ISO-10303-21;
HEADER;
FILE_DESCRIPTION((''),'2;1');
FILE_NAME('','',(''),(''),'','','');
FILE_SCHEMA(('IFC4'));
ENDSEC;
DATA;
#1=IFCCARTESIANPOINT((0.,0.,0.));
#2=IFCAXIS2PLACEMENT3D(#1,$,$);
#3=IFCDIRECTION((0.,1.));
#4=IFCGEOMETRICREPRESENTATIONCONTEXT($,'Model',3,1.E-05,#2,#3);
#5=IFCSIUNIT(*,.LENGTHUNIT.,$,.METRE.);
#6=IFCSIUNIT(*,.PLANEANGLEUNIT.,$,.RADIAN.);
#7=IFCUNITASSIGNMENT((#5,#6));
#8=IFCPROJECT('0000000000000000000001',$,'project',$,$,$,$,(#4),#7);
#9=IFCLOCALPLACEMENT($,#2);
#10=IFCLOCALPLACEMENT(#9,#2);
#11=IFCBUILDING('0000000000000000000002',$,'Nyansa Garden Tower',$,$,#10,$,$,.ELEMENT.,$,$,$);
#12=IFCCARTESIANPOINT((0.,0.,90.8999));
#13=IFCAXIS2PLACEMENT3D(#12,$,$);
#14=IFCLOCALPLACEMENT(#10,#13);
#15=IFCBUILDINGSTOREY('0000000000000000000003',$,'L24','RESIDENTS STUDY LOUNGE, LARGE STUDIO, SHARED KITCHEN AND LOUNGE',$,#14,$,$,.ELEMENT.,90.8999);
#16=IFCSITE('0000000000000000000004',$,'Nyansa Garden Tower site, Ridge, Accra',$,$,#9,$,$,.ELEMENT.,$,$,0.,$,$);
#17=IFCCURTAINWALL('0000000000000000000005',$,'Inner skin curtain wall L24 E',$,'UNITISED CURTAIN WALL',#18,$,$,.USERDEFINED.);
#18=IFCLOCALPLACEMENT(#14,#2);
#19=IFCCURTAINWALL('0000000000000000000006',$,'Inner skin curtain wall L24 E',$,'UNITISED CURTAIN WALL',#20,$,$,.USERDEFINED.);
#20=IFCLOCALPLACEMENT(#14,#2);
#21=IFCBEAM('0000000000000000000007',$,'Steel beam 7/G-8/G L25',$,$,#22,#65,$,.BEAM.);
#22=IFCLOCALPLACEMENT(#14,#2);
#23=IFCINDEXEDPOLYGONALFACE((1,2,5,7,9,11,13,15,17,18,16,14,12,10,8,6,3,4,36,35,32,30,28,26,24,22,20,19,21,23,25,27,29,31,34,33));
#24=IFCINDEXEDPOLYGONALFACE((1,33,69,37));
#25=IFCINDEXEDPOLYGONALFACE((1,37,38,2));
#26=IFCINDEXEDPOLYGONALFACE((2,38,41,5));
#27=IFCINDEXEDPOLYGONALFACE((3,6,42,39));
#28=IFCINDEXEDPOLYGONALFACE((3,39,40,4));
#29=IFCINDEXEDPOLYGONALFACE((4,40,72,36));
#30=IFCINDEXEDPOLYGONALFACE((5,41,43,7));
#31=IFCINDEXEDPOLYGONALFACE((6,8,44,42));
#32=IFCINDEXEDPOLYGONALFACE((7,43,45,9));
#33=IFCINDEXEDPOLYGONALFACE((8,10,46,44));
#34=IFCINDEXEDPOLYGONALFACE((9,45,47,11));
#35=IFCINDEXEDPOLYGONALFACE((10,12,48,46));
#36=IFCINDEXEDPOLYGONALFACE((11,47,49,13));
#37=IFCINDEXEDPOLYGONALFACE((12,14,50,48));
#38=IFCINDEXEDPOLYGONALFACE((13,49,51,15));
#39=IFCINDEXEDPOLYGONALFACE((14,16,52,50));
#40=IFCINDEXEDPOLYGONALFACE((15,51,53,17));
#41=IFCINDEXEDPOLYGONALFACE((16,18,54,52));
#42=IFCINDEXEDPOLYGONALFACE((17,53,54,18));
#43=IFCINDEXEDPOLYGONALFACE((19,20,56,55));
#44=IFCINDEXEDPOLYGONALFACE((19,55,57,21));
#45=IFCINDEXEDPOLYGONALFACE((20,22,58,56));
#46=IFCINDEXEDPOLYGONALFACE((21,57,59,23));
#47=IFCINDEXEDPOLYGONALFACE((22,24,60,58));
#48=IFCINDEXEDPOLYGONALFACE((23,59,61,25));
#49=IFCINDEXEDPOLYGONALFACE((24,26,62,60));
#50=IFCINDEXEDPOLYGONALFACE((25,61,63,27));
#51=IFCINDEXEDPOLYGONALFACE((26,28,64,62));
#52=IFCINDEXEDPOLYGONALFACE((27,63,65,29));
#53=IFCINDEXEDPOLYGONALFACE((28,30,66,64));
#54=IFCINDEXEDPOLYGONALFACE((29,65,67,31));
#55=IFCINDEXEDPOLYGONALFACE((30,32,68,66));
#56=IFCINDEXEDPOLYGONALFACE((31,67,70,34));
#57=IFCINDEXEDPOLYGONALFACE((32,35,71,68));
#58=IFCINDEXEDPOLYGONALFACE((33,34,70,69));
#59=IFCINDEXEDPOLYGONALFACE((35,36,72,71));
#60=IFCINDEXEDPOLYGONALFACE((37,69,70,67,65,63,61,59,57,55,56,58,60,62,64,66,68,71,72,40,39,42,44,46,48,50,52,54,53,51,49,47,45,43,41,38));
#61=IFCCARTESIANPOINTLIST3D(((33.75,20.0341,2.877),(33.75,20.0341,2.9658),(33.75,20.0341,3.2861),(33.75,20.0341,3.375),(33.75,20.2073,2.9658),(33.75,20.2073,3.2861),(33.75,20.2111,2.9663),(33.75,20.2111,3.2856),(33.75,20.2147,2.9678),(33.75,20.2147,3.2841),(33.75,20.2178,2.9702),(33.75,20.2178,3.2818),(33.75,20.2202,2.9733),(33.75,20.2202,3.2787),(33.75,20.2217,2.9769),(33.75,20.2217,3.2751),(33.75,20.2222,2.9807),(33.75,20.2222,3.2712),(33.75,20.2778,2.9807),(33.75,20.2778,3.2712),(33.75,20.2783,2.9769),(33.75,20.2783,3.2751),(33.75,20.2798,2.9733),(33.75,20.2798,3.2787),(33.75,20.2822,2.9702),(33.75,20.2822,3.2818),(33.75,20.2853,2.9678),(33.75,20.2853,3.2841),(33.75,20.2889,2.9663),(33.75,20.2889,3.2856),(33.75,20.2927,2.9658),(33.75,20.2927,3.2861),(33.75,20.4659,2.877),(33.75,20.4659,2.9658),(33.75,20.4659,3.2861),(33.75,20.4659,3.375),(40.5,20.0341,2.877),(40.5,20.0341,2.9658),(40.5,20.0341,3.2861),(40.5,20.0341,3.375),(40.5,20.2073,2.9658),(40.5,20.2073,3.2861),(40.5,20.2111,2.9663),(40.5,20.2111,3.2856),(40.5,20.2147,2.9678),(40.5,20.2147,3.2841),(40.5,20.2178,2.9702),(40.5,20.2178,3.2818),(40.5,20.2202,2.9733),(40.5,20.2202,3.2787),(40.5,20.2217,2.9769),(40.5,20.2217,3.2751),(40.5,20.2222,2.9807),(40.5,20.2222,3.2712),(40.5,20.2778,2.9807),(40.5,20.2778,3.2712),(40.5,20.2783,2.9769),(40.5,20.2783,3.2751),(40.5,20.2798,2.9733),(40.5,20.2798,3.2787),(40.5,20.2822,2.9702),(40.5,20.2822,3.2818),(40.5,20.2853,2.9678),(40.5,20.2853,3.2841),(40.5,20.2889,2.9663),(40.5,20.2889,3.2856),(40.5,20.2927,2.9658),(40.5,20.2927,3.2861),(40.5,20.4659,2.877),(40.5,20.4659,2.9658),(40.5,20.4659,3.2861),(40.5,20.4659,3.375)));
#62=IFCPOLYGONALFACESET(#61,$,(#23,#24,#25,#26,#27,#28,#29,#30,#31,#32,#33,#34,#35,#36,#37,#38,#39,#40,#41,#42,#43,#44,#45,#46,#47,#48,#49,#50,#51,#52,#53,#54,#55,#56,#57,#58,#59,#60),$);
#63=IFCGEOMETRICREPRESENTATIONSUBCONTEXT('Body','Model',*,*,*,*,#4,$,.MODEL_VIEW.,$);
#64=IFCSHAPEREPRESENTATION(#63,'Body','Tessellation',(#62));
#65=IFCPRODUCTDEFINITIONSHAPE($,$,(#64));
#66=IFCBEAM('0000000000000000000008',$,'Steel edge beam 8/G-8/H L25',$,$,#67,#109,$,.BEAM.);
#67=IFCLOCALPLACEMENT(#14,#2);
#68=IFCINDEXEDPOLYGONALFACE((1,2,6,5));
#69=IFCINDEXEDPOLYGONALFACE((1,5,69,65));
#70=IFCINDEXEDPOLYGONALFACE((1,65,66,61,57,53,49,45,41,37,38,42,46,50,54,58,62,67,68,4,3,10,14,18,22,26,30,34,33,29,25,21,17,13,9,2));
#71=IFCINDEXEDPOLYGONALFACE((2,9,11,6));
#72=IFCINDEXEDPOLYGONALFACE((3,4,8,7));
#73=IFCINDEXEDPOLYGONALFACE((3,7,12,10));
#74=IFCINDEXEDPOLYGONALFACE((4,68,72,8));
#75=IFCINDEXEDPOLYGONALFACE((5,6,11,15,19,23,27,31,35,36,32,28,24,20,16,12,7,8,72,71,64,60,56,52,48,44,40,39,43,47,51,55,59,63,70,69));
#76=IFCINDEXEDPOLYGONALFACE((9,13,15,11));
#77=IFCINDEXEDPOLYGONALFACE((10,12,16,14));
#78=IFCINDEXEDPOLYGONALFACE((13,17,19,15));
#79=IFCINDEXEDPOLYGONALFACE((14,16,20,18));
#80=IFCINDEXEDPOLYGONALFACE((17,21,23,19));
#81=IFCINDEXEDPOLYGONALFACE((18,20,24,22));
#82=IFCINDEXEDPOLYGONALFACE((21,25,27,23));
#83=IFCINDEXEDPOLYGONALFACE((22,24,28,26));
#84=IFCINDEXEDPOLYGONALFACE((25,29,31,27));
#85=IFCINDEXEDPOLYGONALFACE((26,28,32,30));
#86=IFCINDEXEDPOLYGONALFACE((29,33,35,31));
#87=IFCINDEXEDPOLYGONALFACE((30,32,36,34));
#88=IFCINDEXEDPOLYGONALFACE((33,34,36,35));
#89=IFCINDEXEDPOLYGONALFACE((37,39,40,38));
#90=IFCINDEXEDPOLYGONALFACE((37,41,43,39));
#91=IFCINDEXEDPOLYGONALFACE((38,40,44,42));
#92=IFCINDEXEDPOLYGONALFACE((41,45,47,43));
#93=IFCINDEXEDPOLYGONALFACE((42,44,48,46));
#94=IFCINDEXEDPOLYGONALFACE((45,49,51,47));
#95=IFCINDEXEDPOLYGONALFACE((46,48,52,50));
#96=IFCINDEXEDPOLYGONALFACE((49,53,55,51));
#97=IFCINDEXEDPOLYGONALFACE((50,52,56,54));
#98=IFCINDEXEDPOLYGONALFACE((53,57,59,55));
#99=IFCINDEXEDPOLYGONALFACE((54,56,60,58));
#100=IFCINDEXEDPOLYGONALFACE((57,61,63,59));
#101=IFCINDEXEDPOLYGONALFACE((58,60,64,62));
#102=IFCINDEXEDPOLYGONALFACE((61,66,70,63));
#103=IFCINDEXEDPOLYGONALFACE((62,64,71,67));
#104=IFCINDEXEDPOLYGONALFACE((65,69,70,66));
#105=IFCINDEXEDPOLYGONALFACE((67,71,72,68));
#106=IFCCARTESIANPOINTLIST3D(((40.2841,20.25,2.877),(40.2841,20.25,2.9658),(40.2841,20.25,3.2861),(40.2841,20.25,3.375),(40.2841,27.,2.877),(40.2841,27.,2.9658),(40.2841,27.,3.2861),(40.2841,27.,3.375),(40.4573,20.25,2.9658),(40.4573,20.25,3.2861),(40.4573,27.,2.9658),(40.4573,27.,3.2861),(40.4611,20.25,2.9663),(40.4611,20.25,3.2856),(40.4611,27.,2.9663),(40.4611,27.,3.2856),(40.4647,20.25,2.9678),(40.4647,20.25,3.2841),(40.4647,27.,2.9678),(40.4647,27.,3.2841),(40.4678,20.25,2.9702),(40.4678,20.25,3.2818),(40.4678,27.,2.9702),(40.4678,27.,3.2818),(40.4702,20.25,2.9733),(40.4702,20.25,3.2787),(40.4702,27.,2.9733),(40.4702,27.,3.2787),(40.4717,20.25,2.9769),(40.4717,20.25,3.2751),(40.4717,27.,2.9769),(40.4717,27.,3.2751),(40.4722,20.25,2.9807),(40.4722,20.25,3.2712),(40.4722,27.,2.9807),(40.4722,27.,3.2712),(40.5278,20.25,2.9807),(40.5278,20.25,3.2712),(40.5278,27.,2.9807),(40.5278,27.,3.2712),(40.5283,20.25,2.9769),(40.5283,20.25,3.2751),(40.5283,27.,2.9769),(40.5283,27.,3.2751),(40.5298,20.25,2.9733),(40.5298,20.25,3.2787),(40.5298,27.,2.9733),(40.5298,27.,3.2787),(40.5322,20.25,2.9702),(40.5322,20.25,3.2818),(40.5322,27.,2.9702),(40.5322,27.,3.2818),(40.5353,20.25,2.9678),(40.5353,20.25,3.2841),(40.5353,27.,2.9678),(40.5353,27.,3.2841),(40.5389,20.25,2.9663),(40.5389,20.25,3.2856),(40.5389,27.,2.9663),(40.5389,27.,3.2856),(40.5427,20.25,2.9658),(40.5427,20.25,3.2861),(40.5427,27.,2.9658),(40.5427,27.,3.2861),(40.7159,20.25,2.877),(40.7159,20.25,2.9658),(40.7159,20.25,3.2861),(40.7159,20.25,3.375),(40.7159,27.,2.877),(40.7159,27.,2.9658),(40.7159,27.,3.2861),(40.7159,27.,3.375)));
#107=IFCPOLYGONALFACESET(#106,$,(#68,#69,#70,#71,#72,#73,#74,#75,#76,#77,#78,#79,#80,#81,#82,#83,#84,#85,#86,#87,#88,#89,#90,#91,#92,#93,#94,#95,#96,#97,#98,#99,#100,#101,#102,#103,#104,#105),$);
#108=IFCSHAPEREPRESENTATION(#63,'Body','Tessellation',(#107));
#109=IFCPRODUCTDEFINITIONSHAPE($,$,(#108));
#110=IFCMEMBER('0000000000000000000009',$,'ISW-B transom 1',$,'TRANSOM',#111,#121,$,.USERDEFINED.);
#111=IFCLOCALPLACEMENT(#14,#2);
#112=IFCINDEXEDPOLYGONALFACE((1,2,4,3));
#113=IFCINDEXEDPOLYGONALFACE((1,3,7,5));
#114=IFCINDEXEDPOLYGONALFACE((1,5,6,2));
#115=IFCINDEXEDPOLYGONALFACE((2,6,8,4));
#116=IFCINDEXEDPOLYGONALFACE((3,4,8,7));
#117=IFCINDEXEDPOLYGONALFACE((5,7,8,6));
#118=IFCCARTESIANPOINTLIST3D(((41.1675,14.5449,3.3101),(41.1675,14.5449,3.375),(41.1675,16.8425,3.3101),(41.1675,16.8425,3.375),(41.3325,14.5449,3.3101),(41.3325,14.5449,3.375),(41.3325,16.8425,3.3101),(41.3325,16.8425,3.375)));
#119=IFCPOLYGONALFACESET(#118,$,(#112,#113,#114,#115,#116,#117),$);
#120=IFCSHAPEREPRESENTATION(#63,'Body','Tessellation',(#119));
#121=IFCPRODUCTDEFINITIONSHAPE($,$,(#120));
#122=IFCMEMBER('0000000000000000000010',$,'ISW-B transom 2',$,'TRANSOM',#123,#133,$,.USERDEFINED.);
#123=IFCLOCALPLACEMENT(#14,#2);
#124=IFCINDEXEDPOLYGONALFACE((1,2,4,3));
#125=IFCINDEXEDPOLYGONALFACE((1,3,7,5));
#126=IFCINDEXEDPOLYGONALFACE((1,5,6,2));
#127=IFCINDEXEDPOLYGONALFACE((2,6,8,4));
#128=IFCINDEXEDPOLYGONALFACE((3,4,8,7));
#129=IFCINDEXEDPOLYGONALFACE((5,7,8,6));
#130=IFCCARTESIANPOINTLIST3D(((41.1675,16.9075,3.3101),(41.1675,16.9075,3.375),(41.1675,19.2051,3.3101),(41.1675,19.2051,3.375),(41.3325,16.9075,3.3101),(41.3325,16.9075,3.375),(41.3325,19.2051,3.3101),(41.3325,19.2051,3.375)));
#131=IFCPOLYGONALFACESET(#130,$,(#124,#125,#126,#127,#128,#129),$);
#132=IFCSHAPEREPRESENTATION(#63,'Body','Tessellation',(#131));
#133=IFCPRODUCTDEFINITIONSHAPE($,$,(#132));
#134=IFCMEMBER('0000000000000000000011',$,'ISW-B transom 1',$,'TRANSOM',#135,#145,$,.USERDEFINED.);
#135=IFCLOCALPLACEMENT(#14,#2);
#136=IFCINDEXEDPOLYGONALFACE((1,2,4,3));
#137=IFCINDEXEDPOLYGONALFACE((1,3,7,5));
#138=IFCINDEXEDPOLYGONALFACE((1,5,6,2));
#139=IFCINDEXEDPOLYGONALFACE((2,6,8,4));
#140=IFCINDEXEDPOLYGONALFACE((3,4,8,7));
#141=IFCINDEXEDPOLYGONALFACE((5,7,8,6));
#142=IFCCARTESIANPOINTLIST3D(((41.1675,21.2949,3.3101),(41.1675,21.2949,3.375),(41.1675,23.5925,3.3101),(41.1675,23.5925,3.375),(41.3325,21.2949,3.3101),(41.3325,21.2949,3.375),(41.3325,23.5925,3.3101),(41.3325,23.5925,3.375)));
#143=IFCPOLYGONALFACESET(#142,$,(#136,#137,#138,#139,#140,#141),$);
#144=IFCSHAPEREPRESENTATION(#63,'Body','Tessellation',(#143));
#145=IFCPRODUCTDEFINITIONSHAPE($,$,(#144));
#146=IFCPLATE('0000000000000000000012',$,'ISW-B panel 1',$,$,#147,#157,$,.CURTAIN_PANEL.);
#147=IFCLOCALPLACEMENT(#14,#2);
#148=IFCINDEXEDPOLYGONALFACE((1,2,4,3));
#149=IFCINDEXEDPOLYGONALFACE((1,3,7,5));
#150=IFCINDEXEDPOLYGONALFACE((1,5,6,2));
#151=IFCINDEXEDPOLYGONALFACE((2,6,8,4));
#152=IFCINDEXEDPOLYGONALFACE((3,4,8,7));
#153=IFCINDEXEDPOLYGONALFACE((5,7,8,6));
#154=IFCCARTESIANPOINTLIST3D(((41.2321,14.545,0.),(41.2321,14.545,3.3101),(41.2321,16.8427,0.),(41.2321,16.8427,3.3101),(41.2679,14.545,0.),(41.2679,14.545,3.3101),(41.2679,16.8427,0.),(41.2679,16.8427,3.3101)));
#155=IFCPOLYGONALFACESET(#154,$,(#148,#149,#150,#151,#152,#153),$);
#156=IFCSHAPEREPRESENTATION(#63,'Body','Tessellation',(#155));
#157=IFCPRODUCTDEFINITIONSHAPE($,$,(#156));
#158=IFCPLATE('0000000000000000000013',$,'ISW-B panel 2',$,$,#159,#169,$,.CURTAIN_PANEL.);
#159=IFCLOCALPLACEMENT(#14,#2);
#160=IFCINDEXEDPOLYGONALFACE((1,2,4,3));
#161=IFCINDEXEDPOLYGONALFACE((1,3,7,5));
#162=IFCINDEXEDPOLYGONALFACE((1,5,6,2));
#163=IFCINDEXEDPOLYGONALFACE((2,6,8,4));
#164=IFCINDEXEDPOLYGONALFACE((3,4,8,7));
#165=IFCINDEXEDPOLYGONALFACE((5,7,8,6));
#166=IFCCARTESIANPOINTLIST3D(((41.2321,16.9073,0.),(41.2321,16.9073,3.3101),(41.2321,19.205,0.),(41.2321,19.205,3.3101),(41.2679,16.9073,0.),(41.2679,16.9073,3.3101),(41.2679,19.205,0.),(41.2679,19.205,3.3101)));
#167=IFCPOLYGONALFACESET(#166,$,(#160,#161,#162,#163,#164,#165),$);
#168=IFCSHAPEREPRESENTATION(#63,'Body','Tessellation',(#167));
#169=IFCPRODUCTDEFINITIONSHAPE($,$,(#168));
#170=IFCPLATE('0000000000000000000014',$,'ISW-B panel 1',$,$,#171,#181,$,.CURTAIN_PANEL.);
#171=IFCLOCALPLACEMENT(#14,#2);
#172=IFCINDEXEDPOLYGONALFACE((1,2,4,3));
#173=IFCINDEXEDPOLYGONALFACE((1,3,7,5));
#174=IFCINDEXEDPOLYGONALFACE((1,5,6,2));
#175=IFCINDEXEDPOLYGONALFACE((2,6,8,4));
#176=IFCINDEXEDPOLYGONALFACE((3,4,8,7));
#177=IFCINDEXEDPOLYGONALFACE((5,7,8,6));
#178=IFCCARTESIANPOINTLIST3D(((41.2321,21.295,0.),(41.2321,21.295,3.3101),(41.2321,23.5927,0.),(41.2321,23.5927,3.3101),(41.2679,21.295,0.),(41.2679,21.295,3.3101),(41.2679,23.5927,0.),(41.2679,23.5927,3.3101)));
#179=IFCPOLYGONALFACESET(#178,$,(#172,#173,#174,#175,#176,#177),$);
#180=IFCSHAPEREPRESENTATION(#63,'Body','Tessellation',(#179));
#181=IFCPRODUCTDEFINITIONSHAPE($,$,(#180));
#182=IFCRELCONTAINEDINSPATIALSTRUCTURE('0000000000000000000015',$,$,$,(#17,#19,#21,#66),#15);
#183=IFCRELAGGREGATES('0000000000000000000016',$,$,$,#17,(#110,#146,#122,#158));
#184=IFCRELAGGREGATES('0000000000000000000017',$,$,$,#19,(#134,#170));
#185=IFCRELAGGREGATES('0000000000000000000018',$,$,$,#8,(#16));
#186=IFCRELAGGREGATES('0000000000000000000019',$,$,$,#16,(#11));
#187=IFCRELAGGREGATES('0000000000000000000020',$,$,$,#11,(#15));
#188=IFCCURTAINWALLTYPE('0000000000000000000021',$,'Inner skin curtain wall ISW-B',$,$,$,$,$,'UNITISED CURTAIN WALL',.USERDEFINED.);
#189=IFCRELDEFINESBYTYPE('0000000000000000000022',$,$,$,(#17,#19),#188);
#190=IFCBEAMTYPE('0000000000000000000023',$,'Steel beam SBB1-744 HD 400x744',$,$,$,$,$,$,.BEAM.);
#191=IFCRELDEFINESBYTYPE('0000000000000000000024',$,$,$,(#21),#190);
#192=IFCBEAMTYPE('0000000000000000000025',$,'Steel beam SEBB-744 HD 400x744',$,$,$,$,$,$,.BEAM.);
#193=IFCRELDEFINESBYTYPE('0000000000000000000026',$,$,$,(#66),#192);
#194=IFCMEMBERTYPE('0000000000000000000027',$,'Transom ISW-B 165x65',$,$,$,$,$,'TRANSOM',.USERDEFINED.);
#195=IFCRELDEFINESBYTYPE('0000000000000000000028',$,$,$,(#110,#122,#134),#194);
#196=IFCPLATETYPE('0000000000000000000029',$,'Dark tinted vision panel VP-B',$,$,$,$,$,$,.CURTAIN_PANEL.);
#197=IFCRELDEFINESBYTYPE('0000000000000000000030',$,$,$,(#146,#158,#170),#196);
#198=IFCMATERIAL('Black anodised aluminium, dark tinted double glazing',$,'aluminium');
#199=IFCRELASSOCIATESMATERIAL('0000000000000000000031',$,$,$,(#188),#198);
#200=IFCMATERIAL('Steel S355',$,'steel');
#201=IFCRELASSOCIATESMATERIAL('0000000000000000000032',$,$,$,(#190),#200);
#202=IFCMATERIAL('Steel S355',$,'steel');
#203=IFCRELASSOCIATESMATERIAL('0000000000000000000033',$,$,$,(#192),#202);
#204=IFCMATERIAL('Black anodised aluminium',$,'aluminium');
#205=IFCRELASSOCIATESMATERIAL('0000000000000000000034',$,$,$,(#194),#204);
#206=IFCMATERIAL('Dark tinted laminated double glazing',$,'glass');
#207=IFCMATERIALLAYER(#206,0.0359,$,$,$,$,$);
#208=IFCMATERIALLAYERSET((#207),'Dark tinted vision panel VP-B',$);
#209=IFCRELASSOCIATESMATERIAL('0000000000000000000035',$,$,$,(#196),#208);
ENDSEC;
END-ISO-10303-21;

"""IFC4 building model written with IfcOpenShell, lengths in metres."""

from ifc_helpers import new_model, si_unit, direction, frame, origin, origin_2d, place, context, subcontext, project, spatial, rectangle, i_section, extrude, material, layer, layer_set, material_profile, profile_set, type_object, element, aggregate, save


model = new_model("IFC4")

# Units and contexts
model_context = context("Model", 3, precision=1e-05, world=origin(), true_north=direction((0.0, 1.0)))
body_context = subcontext(model_context, "Body", "Model", "MODEL_VIEW")
ifc_project = project(units=[si_unit("LENGTHUNIT", "METRE"), si_unit("PLANEANGLEUNIT", "RADIAN")], contexts=[model_context])

# Site, building, storey
site_placement = place(None, origin())
site = spatial("IfcSite", under=ifc_project, at=site_placement, Name="Nyansa Garden Tower site, Ridge, Accra", CompositionType="ELEMENT", RefElevation=0.0)
building_placement = place(site_placement, origin())
building = spatial("IfcBuilding", under=site, at=building_placement, Name="Nyansa Garden Tower", CompositionType="ELEMENT")
storey_placement = place(building_placement, frame((0.0, 0.0, 90.8999)))
storey = spatial("IfcBuildingStorey", under=building, at=storey_placement, Name="L24", Description="RESIDENTS STUDY LOUNGE, LARGE STUDIO, SHARED KITCHEN AND LOUNGE", CompositionType="ELEMENT", Elevation=90.8999)

# Curtain wall
ifc_material_1 = material(Name="Black anodised aluminium, dark tinted double glazing", Category="aluminium")
curtain_wall_type = type_object("IfcCurtainWallType", Name="Inner skin curtain wall ISW-B", ElementType="UNITISED CURTAIN WALL", PredefinedType="USERDEFINED", material=ifc_material_1)
curtain_wall_1_placement = place(storey_placement, origin())
curtain_wall_1 = element("IfcCurtainWall", 1, at=curtain_wall_1_placement, inside=storey, type_object=curtain_wall_type, Name="Inner skin curtain wall L24 E", ObjectType="UNITISED CURTAIN WALL", PredefinedType="USERDEFINED")

# Curtain wall
curtain_wall_2_placement = place(storey_placement, origin())
curtain_wall_2 = element("IfcCurtainWall", 2, at=curtain_wall_2_placement, inside=storey, type_object=curtain_wall_type, Name="Inner skin curtain wall L24 E", ObjectType="UNITISED CURTAIN WALL", PredefinedType="USERDEFINED")

# Beams
ifc_material_2 = material(Name="Steel S355", Category="steel")
ifc_material_profile_1 = material_profile(ifc_material_2, i_section(OverallWidth=0.4319, OverallDepth=0.498, WebThickness=0.0557, FlangeThickness=0.0889, FilletRadius=0.0149, at=origin_2d()), Name="HD 400x744")
ifc_profile_set_1 = profile_set([ifc_material_profile_1], Name="Steel S355")
beam_type_1 = type_object("IfcBeamType", Name="Steel beam SBB1-744 HD 400x744", PredefinedType="BEAM", material=ifc_profile_set_1)
for number, where, z_axis, x_axis, name in (
    (3, (33.75, 20.25, 3.126), (1.0, 0.0, 0.0), (0.0, 1.0, 0.0), "Steel beam 7/G-8/G L25"),
):
    element("IfcBeam", number, at=place(storey_placement, frame(where, z_axis=z_axis, x_axis=x_axis)), inside=storey, type_object=beam_type_1, Name=name, PredefinedType="BEAM", context=body_context, shape_type="SweptSolid", body=[
        extrude(i_section(OverallWidth=0.4319, OverallDepth=0.498, WebThickness=0.0557, FlangeThickness=0.0889, FilletRadius=0.0149, at=origin_2d()), origin(), (0.0, 0.0, 1.0), 6.75),
    ])
ifc_material_3 = material(Name="Steel S355", Category="steel")
ifc_material_profile_2 = material_profile(ifc_material_3, i_section(OverallWidth=0.4319, OverallDepth=0.498, WebThickness=0.0557, FlangeThickness=0.0889, FilletRadius=0.0149, at=origin_2d()), Name="HD 400x744")
ifc_profile_set_2 = profile_set([ifc_material_profile_2], Name="Steel S355")
beam_type_2 = type_object("IfcBeamType", Name="Steel beam SEBB-744 HD 400x744", PredefinedType="BEAM", material=ifc_profile_set_2)
beam_1_placement = place(storey_placement, frame((40.5, 20.25, 3.126), z_axis=(0.0, 1.0, 0.0), x_axis=(-1.0, 0.0, 0.0)))
element("IfcBeam", 4, at=beam_1_placement, inside=storey, type_object=beam_type_2, Name="Steel edge beam 8/G-8/H L25", PredefinedType="BEAM", context=body_context, shape_type="SweptSolid", body=[
    extrude(i_section(OverallWidth=0.4319, OverallDepth=0.498, WebThickness=0.0557, FlangeThickness=0.0889, FilletRadius=0.0149, at=origin_2d()), origin(), (0.0, 0.0, 1.0), 6.75),
])

# Members
ifc_material_4 = material(Name="Black anodised aluminium", Category="aluminium")
ifc_material_profile_3 = material_profile(ifc_material_4, rectangle(XDim=0.165, YDim=0.0649, at=origin_2d()), Name="Transom 165x65")
ifc_profile_set_3 = profile_set([ifc_material_profile_3], Name="Black anodised aluminium")
member_type_1 = type_object("IfcMemberType", Name="Transom ISW-B 165x65", ElementType="TRANSOM", PredefinedType="USERDEFINED", material=ifc_profile_set_3)
member_1_placement = place(storey_placement, frame((41.25, 14.5449, 3.3425), z_axis=(0.0, 1.0, 0.0), x_axis=(-1.0, 0.0, 0.0)))
member_1 = element("IfcMember", 5, at=member_1_placement, type_object=member_type_1, Name="ISW-B transom 1", ObjectType="TRANSOM", PredefinedType="USERDEFINED", context=body_context, shape_type="SweptSolid", body=[
    extrude(rectangle(XDim=0.165, YDim=0.0649, at=origin_2d()), origin(), (0.0, 0.0, 1.0), 2.2976),
])
member_2_placement = place(storey_placement, frame((41.25, 16.9075, 3.3425), z_axis=(0.0, 1.0, 0.0), x_axis=(-1.0, 0.0, 0.0)))
member_2 = element("IfcMember", 6, at=member_2_placement, type_object=member_type_1, Name="ISW-B transom 2", ObjectType="TRANSOM", PredefinedType="USERDEFINED", context=body_context, shape_type="SweptSolid", body=[
    extrude(rectangle(XDim=0.165, YDim=0.0649, at=origin_2d()), origin(), (0.0, 0.0, 1.0), 2.2976),
])
member_3_placement = place(storey_placement, frame((41.25, 21.2949, 3.3425), z_axis=(0.0, 1.0, 0.0), x_axis=(-1.0, 0.0, 0.0)))
member_3 = element("IfcMember", 7, at=member_3_placement, type_object=member_type_1, Name="ISW-B transom 1", ObjectType="TRANSOM", PredefinedType="USERDEFINED", context=body_context, shape_type="SweptSolid", body=[
    extrude(rectangle(XDim=0.165, YDim=0.0649, at=origin_2d()), origin(), (0.0, 0.0, 1.0), 2.2976),
])

# Plates
ifc_material_5 = material(Name="Dark tinted laminated double glazing", Category="glass")
ifc_layer_1 = layer(ifc_material_5, 0.0359)
ifc_layer_set_1 = layer_set([ifc_layer_1], Name="Dark tinted vision panel VP-B")
plate_type_1 = type_object("IfcPlateType", Name="Dark tinted vision panel VP-B", PredefinedType="CURTAIN_PANEL", material=ifc_layer_set_1)
plate_1_placement = place(storey_placement, frame((41.25, 15.6938, 0.0), z_axis=(0.0, 0.0, 1.0), x_axis=(0.0, 1.0, 0.0)))
plate_1 = element("IfcPlate", 8, at=plate_1_placement, type_object=plate_type_1, Name="ISW-B panel 1", PredefinedType="CURTAIN_PANEL", context=body_context, shape_type="SweptSolid", body=[
    extrude(rectangle(XDim=2.2976, YDim=0.0359, at=origin_2d()), origin(), (0.0, 0.0, 1.0), 3.3101),
])
plate_2_placement = place(storey_placement, frame((41.25, 18.0562, 0.0), z_axis=(0.0, 0.0, 1.0), x_axis=(0.0, 1.0, 0.0)))
plate_2 = element("IfcPlate", 9, at=plate_2_placement, type_object=plate_type_1, Name="ISW-B panel 2", PredefinedType="CURTAIN_PANEL", context=body_context, shape_type="SweptSolid", body=[
    extrude(rectangle(XDim=2.2976, YDim=0.0359, at=origin_2d()), origin(), (0.0, 0.0, 1.0), 3.3101),
])
aggregate(curtain_wall_1, [member_1, plate_1, member_2, plate_2])
plate_3_placement = place(storey_placement, frame((41.25, 22.4438, 0.0), z_axis=(0.0, 0.0, 1.0), x_axis=(0.0, 1.0, 0.0)))
plate_3 = element("IfcPlate", 10, at=plate_3_placement, type_object=plate_type_1, Name="ISW-B panel 1", PredefinedType="CURTAIN_PANEL", context=body_context, shape_type="SweptSolid", body=[
    extrude(rectangle(XDim=2.2976, YDim=0.0359, at=origin_2d()), origin(), (0.0, 0.0, 1.0), 3.3101),
])
aggregate(curtain_wall_2, [member_3, plate_3])

save(model, "model.ifc")
